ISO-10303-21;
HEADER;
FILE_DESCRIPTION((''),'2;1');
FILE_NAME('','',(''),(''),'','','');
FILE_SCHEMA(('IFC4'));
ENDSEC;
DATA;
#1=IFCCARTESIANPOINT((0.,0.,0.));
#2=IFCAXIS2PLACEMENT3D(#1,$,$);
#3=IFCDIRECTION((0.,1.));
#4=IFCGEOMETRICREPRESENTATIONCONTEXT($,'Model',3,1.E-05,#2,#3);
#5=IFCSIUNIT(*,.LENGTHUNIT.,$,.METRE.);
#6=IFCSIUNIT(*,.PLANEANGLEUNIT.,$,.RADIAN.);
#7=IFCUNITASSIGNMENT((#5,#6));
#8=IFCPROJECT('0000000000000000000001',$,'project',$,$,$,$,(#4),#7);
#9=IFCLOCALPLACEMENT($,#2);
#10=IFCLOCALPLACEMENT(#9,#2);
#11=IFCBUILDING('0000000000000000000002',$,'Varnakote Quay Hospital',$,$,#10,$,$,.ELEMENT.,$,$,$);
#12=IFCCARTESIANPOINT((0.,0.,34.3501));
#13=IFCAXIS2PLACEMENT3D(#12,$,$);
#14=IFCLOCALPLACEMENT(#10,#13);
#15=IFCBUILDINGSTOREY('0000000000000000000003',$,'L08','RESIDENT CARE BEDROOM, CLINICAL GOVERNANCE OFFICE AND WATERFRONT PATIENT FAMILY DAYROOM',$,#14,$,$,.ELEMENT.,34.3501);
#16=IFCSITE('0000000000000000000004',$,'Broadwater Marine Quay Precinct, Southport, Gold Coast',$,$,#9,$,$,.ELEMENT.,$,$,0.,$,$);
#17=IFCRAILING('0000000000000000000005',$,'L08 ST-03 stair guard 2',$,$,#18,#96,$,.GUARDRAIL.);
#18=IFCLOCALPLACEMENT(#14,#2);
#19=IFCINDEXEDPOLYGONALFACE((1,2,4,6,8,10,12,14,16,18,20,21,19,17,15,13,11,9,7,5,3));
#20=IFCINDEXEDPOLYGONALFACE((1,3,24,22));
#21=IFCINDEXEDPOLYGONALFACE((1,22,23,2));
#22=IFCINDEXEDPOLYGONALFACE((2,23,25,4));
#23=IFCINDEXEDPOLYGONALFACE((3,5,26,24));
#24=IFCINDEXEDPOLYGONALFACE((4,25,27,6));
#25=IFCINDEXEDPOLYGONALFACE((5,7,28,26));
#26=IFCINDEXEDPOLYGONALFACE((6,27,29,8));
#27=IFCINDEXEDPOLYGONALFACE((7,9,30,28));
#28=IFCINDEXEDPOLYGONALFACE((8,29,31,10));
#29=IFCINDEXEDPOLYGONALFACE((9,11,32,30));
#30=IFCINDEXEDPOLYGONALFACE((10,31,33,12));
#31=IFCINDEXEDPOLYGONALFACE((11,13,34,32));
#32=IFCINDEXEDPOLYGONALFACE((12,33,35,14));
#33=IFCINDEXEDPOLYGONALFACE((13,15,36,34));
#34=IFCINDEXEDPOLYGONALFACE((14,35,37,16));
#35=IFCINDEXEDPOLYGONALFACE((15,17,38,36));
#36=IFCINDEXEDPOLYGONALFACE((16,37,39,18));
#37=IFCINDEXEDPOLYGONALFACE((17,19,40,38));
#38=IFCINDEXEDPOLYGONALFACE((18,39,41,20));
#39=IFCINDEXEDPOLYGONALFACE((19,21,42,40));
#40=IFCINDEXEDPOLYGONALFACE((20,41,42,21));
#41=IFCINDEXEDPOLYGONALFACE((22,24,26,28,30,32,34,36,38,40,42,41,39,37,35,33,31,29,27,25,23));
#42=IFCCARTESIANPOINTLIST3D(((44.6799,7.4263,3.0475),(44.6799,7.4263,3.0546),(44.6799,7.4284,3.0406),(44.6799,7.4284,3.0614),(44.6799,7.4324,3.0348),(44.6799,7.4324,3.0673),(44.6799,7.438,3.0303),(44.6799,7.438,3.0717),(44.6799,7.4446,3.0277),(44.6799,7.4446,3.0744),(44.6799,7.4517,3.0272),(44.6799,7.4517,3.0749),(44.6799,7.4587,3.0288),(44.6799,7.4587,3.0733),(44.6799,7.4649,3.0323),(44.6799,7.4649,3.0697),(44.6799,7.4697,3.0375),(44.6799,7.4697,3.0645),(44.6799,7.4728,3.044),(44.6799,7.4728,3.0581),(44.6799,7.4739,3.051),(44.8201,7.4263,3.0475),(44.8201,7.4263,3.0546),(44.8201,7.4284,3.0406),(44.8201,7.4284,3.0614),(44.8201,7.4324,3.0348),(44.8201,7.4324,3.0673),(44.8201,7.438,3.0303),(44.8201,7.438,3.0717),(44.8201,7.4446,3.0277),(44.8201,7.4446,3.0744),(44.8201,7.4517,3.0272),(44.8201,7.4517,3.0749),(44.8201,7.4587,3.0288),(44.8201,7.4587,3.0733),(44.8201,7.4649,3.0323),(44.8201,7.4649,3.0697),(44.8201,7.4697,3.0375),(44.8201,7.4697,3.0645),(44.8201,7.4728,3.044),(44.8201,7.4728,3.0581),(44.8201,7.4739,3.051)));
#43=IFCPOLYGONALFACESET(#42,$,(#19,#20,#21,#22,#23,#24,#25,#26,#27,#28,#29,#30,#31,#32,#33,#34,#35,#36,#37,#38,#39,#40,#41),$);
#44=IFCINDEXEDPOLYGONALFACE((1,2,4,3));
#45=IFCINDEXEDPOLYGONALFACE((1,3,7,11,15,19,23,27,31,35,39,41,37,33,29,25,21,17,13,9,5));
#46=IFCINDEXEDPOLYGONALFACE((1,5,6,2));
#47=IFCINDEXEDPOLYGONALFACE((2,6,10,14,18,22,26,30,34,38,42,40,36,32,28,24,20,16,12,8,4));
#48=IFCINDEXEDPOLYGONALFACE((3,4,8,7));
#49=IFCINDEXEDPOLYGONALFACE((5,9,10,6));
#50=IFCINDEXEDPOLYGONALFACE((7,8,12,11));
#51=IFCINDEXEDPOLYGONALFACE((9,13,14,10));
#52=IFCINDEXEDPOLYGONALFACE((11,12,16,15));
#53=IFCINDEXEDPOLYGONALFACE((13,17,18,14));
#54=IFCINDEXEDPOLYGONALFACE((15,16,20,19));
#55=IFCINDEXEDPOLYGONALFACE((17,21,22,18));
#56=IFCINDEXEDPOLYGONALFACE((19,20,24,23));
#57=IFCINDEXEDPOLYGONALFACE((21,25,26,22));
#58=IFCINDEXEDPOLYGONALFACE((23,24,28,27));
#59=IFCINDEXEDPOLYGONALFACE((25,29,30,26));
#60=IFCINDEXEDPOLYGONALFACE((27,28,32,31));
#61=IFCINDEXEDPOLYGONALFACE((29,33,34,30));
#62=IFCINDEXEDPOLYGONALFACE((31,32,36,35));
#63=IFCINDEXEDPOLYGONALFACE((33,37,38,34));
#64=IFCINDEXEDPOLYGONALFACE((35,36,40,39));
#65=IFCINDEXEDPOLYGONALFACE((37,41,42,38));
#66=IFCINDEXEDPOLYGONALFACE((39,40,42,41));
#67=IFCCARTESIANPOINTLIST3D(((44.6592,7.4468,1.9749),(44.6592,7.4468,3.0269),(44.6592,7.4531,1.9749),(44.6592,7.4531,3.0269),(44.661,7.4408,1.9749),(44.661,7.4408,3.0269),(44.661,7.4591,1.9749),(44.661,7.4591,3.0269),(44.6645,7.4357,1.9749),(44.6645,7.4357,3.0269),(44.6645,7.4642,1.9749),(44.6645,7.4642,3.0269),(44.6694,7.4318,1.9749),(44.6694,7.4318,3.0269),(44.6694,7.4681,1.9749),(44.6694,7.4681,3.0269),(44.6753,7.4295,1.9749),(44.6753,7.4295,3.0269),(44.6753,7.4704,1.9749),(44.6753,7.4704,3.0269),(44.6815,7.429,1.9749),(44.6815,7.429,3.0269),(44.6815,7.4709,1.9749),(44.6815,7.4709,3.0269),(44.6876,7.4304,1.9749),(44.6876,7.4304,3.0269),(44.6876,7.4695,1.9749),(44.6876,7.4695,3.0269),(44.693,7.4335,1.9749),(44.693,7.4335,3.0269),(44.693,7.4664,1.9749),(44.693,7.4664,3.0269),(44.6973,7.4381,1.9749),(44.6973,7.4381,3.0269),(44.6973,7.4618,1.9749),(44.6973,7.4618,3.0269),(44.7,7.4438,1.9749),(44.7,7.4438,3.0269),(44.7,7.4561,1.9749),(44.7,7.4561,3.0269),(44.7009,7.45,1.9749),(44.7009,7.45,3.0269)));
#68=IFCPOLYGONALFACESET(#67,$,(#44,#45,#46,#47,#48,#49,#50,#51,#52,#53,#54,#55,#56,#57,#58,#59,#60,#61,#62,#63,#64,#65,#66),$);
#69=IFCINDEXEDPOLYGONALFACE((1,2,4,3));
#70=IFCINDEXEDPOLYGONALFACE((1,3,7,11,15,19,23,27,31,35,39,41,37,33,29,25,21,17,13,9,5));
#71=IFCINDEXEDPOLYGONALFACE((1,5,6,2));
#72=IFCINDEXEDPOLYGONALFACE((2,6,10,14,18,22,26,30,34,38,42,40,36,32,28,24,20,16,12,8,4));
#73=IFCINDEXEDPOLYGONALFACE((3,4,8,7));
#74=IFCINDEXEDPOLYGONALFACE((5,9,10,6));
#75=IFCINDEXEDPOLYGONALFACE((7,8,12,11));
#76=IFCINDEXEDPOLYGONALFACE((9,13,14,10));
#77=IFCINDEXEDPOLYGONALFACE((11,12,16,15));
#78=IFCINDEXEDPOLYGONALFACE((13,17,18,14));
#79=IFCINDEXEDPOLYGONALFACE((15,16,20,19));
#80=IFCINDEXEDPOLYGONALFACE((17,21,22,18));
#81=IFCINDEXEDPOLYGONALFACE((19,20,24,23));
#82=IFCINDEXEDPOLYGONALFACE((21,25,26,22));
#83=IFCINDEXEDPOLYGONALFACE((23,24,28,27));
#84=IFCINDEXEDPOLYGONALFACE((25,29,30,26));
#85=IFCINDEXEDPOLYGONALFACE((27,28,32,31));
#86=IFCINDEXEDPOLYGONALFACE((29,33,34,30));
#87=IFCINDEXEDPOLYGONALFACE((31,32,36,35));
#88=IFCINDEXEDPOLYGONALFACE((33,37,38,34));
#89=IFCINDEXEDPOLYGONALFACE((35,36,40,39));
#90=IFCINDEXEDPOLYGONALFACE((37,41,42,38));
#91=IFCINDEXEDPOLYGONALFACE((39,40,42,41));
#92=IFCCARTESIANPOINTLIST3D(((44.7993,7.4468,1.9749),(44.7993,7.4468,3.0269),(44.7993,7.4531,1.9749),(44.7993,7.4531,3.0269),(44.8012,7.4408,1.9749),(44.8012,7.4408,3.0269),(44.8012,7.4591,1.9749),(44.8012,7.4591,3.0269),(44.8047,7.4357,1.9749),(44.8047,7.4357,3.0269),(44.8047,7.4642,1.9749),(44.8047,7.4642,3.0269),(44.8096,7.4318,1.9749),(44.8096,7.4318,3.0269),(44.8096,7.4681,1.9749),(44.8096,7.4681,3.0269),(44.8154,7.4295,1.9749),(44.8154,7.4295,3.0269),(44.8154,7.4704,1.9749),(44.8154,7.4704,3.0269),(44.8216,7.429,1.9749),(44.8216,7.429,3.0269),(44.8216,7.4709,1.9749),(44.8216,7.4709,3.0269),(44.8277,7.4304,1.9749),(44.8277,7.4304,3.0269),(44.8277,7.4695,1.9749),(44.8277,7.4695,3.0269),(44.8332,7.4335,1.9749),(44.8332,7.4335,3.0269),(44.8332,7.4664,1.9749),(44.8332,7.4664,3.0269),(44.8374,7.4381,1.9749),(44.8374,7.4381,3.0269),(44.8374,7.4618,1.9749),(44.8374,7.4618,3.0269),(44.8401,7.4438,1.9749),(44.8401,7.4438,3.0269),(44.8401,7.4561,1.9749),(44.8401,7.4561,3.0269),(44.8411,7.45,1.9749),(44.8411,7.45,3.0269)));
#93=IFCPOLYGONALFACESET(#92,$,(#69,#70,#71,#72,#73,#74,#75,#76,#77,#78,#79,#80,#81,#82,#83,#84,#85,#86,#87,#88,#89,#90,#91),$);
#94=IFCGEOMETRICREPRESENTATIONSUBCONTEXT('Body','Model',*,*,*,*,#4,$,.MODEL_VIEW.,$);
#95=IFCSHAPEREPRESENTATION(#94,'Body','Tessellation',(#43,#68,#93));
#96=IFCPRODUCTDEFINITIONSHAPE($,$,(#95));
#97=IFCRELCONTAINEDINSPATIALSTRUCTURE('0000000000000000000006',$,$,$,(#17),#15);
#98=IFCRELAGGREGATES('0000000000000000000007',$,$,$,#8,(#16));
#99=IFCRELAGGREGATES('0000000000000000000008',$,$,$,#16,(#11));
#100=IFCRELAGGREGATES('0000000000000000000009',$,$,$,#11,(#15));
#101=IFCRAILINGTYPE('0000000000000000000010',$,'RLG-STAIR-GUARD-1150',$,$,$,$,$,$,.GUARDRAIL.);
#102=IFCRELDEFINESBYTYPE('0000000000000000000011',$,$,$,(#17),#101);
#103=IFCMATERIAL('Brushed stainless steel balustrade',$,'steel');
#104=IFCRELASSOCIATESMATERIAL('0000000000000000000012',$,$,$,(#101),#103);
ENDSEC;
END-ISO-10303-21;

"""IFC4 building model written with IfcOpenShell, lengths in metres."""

from ifc_helpers import new_model, si_unit, direction, frame, origin, origin_2d, place, context, subcontext, project, spatial, circle, extrude, material, type_object, element, save


model = new_model("IFC4")

# Units and contexts
model_context = context("Model", 3, precision=1e-05, world=origin(), true_north=direction((0.0, 1.0)))
body_context = subcontext(model_context, "Body", "Model", "MODEL_VIEW")
ifc_project = project(units=[si_unit("LENGTHUNIT", "METRE"), si_unit("PLANEANGLEUNIT", "RADIAN")], contexts=[model_context])

# Site, building, storey
site_placement = place(None, origin())
site = spatial("IfcSite", under=ifc_project, at=site_placement, Name="Broadwater Marine Quay Precinct, Southport, Gold Coast", CompositionType="ELEMENT", RefElevation=0.0)
building_placement = place(site_placement, origin())
building = spatial("IfcBuilding", under=site, at=building_placement, Name="Varnakote Quay Hospital", CompositionType="ELEMENT")
storey_placement = place(building_placement, frame((0.0, 0.0, 34.3501)))
storey = spatial("IfcBuildingStorey", under=building, at=storey_placement, Name="L08", Description="RESIDENT CARE BEDROOM, CLINICAL GOVERNANCE OFFICE AND WATERFRONT PATIENT FAMILY DAYROOM", CompositionType="ELEMENT", Elevation=34.3501)

# Railing
ifc_material_1 = material(Name="Brushed stainless steel balustrade", Category="steel")
railing_type_1 = type_object("IfcRailingType", Name="RLG-STAIR-GUARD-1150", PredefinedType="GUARDRAIL", material=ifc_material_1)
railing_1_placement = place(storey_placement, frame((44.6799, 7.45, 1.9749)))
element("IfcRailing", 1, at=railing_1_placement, inside=storey, type_object=railing_type_1, Name="L08 ST-03 stair guard 2", PredefinedType="GUARDRAIL", context=body_context, shape_type="SweptSolid", body=[
    extrude(circle(Radius=0.0239, at=origin_2d()), frame((0.0, 0.0, 1.0762), z_axis=(1.0, 0.0, 0.0), x_axis=(0.0, 1.0, 0.0)), (0.0, 0.0, 1.0), 0.1401),
    extrude(circle(Radius=0.021, at=origin_2d()), origin(), (0.0, 0.0, 1.0), 1.052),
    extrude(circle(Radius=0.021, at=origin_2d()), frame((0.1401, 0.0, 0.0)), (0.0, 0.0, 1.0), 1.052),
])

save(model, "model.ifc")
